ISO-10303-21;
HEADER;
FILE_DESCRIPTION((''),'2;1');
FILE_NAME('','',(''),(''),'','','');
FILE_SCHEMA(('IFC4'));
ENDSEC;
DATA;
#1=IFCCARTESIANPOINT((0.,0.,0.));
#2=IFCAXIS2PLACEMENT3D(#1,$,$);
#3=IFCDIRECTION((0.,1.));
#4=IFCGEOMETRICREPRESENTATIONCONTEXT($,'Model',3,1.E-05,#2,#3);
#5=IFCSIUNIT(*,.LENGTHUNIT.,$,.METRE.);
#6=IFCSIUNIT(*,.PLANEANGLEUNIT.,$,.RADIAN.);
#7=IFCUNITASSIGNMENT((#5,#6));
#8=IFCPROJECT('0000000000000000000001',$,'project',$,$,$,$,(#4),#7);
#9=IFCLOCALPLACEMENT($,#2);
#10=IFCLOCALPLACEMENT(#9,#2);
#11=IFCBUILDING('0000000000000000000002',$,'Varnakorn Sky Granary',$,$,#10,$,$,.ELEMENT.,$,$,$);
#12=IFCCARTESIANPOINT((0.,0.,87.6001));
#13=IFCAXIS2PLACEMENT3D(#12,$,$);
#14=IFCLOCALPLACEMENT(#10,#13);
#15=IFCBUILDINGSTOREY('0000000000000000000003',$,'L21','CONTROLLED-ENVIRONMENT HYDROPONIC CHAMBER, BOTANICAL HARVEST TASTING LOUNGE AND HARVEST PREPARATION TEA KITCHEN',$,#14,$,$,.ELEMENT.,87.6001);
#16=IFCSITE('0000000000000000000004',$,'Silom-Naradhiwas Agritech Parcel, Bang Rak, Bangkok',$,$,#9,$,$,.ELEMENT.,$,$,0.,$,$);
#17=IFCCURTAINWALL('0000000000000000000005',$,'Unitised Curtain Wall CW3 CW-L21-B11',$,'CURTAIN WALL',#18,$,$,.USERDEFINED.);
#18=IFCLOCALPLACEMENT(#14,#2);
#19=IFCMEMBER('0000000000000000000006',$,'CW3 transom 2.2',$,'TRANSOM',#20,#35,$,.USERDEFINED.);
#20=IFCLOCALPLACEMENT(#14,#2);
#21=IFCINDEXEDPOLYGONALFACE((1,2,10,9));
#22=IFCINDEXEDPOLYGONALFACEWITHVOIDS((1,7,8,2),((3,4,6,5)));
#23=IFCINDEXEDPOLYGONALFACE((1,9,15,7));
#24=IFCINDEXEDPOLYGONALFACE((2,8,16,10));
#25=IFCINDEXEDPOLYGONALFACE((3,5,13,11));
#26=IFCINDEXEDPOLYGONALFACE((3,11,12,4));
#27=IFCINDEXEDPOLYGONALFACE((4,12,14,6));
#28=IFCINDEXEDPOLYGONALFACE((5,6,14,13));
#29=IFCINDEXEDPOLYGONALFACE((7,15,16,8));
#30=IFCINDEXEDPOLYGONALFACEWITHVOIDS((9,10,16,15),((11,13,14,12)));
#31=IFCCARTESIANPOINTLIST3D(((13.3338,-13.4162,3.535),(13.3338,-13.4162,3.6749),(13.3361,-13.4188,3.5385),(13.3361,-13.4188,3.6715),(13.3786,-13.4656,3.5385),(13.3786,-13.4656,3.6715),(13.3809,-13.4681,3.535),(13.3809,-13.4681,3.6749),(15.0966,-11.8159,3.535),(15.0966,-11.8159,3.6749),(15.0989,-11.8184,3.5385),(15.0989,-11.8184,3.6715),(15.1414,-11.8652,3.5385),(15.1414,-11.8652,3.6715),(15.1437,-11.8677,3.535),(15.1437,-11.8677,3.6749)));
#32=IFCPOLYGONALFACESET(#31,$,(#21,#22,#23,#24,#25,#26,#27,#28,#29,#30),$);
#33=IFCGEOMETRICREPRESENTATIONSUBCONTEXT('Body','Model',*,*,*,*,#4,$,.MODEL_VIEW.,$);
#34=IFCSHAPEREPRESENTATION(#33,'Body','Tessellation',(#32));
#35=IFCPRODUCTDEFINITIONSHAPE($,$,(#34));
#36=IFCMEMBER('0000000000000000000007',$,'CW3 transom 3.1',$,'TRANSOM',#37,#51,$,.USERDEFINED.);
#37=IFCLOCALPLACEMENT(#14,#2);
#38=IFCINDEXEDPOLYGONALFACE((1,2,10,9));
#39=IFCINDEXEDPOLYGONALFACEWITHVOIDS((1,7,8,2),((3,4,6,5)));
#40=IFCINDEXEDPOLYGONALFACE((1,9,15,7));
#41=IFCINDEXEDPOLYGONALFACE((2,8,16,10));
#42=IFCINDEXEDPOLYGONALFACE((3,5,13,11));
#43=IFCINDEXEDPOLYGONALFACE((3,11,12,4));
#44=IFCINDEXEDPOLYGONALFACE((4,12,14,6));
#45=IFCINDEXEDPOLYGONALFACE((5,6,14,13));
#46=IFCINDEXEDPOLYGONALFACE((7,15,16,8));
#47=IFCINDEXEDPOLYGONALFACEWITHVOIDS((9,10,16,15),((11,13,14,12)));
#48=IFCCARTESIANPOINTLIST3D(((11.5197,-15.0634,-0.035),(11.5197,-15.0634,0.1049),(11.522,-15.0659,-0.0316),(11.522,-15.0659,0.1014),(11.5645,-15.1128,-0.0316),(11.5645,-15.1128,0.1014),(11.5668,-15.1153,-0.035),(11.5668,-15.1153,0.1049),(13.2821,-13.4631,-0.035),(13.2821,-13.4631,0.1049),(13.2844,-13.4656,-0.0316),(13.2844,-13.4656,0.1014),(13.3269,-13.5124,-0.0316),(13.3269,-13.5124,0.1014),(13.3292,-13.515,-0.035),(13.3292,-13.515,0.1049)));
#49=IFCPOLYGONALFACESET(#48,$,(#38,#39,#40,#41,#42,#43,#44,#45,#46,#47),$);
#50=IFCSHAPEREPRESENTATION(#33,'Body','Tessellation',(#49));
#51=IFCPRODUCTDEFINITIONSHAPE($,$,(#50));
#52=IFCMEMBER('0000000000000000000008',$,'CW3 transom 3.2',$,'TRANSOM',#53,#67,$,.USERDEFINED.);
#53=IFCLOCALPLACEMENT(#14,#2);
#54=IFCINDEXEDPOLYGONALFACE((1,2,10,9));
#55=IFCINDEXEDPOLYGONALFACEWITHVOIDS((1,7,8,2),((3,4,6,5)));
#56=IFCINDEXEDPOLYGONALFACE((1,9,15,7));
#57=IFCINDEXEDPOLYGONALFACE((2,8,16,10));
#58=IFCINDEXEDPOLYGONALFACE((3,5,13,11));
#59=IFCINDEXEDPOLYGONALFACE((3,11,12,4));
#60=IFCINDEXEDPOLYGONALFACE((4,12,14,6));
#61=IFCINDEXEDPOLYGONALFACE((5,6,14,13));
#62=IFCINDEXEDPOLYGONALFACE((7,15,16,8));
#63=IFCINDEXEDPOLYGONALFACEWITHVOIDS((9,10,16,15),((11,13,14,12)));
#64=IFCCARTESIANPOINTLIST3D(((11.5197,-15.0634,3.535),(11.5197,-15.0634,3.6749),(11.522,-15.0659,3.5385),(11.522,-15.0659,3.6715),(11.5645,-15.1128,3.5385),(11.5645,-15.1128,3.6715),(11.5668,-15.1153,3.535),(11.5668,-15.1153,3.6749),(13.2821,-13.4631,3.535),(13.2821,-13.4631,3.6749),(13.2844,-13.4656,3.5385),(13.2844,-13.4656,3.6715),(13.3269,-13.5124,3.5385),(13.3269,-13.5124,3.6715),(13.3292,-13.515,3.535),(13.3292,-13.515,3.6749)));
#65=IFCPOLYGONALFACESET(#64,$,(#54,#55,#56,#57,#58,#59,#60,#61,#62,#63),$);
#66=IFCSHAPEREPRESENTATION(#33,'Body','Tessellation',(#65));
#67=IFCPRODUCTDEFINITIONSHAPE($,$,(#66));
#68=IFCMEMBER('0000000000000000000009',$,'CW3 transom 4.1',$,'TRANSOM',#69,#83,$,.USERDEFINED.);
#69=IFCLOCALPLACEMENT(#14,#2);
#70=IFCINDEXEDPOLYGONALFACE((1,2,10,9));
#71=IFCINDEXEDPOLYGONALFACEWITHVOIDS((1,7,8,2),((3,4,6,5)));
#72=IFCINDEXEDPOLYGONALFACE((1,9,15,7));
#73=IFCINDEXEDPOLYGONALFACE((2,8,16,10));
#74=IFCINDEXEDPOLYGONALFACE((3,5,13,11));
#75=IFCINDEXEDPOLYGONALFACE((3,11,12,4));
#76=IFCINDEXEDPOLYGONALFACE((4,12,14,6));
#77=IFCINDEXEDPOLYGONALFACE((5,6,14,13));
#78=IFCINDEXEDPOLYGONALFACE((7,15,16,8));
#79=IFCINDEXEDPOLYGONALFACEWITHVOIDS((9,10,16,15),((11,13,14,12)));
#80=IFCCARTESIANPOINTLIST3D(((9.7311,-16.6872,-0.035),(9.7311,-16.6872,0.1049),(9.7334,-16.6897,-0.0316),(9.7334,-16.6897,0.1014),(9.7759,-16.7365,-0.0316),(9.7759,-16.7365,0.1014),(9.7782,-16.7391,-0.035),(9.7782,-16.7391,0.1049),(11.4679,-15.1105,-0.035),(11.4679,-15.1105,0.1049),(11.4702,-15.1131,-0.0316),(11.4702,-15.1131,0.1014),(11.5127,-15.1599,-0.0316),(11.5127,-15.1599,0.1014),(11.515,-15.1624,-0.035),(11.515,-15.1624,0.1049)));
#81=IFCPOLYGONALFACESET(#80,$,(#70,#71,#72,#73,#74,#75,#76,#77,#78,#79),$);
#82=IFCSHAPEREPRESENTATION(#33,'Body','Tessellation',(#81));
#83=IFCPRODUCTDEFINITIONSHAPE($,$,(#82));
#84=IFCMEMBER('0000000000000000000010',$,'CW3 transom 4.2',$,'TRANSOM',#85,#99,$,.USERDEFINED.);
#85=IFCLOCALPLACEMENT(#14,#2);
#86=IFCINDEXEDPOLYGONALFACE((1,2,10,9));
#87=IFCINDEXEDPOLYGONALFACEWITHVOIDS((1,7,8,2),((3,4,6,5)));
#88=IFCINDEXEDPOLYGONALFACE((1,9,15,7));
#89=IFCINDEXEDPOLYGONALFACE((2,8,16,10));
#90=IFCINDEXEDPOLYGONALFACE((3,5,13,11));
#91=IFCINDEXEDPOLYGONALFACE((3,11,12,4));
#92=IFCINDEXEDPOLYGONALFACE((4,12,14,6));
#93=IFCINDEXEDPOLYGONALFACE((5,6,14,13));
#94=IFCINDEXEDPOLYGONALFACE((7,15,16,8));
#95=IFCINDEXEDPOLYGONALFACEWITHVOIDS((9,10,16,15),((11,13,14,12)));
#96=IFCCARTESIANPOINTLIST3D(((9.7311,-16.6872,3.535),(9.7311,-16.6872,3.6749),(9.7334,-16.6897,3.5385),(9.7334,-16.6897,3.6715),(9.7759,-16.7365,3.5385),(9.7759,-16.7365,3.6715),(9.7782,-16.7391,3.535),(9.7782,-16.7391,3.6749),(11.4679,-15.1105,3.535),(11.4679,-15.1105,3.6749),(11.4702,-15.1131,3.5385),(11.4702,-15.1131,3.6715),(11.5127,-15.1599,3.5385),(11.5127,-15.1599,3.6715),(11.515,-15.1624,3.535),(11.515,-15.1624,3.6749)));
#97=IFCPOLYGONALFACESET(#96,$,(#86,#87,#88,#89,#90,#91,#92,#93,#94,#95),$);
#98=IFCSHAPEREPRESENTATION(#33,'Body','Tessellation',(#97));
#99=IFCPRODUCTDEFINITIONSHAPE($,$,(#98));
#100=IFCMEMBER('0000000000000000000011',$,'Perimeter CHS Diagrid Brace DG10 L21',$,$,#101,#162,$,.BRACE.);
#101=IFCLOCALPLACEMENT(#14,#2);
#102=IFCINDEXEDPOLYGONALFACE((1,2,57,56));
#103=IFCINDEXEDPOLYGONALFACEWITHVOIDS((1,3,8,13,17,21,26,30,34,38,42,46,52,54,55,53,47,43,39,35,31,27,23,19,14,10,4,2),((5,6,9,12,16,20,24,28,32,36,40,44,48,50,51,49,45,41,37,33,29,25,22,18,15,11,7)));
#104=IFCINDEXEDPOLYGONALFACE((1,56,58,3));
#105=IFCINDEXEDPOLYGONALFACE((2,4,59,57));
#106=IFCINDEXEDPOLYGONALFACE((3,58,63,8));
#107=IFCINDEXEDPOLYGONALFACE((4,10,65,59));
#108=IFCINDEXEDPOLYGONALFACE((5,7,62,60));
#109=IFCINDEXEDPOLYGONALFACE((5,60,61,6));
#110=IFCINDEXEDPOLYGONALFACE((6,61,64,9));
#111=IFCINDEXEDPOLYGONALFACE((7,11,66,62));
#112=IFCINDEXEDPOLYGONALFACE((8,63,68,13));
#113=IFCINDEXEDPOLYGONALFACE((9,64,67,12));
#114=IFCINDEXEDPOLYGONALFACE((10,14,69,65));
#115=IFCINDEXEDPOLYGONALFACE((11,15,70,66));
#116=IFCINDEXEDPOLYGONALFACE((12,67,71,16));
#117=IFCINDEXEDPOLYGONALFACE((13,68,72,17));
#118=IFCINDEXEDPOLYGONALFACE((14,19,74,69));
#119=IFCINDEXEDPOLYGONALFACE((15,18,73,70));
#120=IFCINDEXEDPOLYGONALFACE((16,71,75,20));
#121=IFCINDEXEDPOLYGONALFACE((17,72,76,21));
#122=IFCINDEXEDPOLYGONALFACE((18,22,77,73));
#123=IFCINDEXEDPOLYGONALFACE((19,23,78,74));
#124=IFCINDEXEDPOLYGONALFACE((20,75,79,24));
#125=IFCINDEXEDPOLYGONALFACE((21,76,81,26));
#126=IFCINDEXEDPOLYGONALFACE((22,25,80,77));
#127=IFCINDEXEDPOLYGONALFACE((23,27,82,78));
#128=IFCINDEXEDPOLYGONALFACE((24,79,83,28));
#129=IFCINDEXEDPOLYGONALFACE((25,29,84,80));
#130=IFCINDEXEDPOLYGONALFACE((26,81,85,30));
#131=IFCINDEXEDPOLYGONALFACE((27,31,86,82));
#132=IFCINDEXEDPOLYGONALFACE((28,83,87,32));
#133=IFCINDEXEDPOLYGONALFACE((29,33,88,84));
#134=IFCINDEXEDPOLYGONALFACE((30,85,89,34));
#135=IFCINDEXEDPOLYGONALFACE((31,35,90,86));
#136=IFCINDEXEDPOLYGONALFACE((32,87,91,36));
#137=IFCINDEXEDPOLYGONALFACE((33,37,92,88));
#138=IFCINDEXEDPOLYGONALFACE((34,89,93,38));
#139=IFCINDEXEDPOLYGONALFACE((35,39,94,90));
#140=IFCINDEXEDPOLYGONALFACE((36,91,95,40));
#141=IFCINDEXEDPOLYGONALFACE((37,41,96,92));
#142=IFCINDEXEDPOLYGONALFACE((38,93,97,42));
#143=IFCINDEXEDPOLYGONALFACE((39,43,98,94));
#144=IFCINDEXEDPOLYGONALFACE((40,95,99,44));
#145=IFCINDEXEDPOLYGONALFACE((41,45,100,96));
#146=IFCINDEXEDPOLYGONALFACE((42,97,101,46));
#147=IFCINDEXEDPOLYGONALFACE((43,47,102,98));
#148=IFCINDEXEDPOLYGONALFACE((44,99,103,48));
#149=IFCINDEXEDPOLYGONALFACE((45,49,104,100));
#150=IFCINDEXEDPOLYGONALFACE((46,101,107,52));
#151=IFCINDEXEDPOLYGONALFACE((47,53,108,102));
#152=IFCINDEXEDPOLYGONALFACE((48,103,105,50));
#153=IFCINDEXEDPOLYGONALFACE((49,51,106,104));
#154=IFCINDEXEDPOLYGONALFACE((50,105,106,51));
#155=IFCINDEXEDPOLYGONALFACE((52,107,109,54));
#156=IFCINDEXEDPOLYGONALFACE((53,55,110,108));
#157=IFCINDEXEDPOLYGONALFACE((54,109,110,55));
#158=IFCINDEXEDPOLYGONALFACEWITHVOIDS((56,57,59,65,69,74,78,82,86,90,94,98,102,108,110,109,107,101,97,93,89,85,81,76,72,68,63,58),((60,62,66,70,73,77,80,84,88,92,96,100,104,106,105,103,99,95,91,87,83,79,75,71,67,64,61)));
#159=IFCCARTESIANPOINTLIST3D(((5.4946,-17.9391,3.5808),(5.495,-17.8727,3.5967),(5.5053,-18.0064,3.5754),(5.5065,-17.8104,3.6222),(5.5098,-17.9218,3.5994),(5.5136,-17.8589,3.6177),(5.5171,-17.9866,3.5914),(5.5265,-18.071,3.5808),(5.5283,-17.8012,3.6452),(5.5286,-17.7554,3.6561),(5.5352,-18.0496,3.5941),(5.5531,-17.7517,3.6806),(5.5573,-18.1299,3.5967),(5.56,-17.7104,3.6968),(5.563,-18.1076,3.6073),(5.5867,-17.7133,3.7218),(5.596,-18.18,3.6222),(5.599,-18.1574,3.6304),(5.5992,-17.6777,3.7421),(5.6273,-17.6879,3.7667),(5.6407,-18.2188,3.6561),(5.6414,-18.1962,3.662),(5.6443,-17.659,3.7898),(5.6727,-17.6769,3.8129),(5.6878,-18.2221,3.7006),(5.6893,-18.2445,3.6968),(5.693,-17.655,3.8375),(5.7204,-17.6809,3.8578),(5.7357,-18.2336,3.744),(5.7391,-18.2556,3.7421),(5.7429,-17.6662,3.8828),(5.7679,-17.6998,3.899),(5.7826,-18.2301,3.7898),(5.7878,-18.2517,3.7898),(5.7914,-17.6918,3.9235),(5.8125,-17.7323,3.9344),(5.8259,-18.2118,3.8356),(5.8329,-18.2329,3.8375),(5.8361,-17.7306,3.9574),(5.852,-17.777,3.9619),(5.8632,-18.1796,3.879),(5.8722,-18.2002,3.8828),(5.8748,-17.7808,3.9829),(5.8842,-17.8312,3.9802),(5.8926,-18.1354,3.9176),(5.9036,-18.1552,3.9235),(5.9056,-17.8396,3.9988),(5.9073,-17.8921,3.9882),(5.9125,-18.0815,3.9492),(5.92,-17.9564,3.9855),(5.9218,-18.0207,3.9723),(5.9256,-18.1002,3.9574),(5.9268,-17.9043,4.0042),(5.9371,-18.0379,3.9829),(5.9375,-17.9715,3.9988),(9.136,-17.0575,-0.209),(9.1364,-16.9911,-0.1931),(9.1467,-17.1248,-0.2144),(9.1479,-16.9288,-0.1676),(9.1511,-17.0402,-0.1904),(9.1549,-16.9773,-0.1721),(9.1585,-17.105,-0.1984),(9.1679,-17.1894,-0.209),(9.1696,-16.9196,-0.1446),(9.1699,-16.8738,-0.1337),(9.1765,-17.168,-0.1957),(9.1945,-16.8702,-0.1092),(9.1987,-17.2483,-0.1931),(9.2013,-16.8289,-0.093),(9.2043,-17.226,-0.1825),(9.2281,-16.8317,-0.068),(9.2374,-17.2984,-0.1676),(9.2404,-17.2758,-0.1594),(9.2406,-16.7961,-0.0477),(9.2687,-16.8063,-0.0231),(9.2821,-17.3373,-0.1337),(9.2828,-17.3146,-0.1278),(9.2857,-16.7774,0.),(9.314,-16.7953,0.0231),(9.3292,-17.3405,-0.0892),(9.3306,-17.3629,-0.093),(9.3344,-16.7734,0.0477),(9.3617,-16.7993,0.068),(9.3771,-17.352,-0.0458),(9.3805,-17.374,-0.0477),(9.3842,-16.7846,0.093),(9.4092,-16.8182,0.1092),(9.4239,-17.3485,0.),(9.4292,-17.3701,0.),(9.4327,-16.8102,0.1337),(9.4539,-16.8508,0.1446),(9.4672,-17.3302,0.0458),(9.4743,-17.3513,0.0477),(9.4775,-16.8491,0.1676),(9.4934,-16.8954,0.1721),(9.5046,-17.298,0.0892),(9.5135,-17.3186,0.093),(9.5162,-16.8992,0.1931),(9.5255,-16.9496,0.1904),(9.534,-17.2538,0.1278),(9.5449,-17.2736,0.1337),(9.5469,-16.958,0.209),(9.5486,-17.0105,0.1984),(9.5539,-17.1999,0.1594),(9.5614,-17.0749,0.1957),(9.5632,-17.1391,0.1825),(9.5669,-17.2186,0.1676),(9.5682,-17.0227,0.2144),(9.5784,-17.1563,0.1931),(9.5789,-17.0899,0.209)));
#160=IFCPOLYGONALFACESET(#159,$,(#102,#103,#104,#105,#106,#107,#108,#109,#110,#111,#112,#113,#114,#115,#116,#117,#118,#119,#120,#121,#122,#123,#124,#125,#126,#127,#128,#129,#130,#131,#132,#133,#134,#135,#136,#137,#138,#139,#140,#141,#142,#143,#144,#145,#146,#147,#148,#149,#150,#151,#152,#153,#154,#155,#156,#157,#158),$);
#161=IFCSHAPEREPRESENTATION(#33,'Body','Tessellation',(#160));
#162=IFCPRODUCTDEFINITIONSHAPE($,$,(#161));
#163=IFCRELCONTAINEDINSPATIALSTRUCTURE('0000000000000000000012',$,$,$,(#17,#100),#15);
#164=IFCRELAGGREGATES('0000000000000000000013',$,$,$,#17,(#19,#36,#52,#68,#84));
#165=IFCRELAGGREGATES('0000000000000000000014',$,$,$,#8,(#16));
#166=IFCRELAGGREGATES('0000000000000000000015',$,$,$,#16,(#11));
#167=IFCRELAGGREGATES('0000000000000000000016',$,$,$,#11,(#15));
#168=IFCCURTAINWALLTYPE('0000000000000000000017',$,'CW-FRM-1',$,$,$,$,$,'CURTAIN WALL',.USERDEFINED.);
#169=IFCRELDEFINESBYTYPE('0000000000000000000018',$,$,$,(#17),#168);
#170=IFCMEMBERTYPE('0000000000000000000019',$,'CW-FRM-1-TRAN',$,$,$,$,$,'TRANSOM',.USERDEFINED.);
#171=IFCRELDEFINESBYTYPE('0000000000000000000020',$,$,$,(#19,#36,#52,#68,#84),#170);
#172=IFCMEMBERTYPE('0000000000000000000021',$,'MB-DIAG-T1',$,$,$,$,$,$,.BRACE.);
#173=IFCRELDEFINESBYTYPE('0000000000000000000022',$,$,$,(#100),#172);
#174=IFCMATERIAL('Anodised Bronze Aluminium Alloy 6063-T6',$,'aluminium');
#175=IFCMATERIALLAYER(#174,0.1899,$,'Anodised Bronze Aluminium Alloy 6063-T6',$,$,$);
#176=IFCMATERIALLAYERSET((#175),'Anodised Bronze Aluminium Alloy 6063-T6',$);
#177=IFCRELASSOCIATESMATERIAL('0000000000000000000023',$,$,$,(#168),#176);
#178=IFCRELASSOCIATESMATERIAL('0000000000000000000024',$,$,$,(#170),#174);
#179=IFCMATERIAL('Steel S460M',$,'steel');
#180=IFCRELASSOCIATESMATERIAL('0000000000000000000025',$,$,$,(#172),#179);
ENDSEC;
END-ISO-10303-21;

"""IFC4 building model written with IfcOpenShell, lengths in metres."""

from ifc_helpers import new_model, si_unit, direction, frame, origin, origin_2d, place, context, subcontext, project, spatial, hollow_rectangle, hollow_circle, extrude, material, layer, layer_set, material_profile, profile_set, type_object, element, aggregate, save


model = new_model("IFC4")

# Units and contexts
model_context = context("Model", 3, precision=1e-05, world=origin(), true_north=direction((0.0, 1.0)))
body_context = subcontext(model_context, "Body", "Model", "MODEL_VIEW")
ifc_project = project(units=[si_unit("LENGTHUNIT", "METRE"), si_unit("PLANEANGLEUNIT", "RADIAN")], contexts=[model_context])

# Site, building, storey
site_placement = place(None, origin())
site = spatial("IfcSite", under=ifc_project, at=site_placement, Name="Silom-Naradhiwas Agritech Parcel, Bang Rak, Bangkok", CompositionType="ELEMENT", RefElevation=0.0)
building_placement = place(site_placement, origin())
building = spatial("IfcBuilding", under=site, at=building_placement, Name="Varnakorn Sky Granary", CompositionType="ELEMENT")
storey_placement = place(building_placement, frame((0.0, 0.0, 87.6001)))
storey = spatial("IfcBuildingStorey", under=building, at=storey_placement, Name="L21", Description="CONTROLLED-ENVIRONMENT HYDROPONIC CHAMBER, BOTANICAL HARVEST TASTING LOUNGE AND HARVEST PREPARATION TEA KITCHEN", CompositionType="ELEMENT", Elevation=87.6001)

# Shared definitions
ifc_material_1 = material(Name="Steel S460M", Category="steel")

# Curtain wall, members
ifc_material_2 = material(Name="Anodised Bronze Aluminium Alloy 6063-T6", Category="aluminium")
ifc_layer_1 = layer(ifc_material_2, 0.1899, Name="Anodised Bronze Aluminium Alloy 6063-T6")
ifc_layer_set_1 = layer_set([ifc_layer_1], Name="Anodised Bronze Aluminium Alloy 6063-T6")
curtain_wall_type = type_object("IfcCurtainWallType", Name="CW-FRM-1", ElementType="CURTAIN WALL", PredefinedType="USERDEFINED", material=ifc_layer_set_1)
curtain_wall_placement = place(storey_placement, origin())
curtain_wall = element("IfcCurtainWall", 1, at=curtain_wall_placement, inside=storey, type_object=curtain_wall_type, Name="Unitised Curtain Wall CW3 CW-L21-B11", ObjectType="CURTAIN WALL", PredefinedType="USERDEFINED")
ifc_material_profile_1 = material_profile(ifc_material_2, hollow_rectangle(XDim=0.0701, YDim=0.1399, WallThickness=0.0034, at=origin_2d()), Name="ALU TRAN 70x140")
ifc_profile_set_1 = profile_set([ifc_material_profile_1], Name="Anodised Bronze Aluminium Alloy 6063-T6")
member_type_1 = type_object("IfcMemberType", Name="CW-FRM-1-TRAN", ElementType="TRANSOM", PredefinedType="USERDEFINED", material=ifc_profile_set_1)
member_1_placement = place(storey_placement, frame((15.1201, -11.8418, 3.605), z_axis=(-0.740381, -0.672188, 0.0), x_axis=(0.672188, -0.740381, 0.0)))
member_1 = element("IfcMember", 2, at=member_1_placement, type_object=member_type_1, Name="CW3 transom 2.2", ObjectType="TRANSOM", PredefinedType="USERDEFINED", context=body_context, shape_type="SweptSolid", body=[
    extrude(hollow_rectangle(XDim=0.0701, YDim=0.1399, WallThickness=0.0034, at=origin_2d()), origin(), (0.0, 0.0, 1.0), 2.3809),
])
member_2_placement = place(storey_placement, frame((13.3057, -13.489, 0.0349), z_axis=(-0.740334, -0.672239, 0.0), x_axis=(0.672239, -0.740334, 0.0)))
member_2 = element("IfcMember", 3, at=member_2_placement, type_object=member_type_1, Name="CW3 transom 3.1", ObjectType="TRANSOM", PredefinedType="USERDEFINED", context=body_context, shape_type="SweptSolid", body=[
    extrude(hollow_rectangle(XDim=0.0701, YDim=0.1399, WallThickness=0.0034, at=origin_2d()), origin(), (0.0, 0.0, 1.0), 2.3806),
])
member_3_placement = place(storey_placement, frame((13.3057, -13.489, 3.605), z_axis=(-0.740334, -0.672239, 0.0), x_axis=(0.672239, -0.740334, 0.0)))
member_3 = element("IfcMember", 4, at=member_3_placement, type_object=member_type_1, Name="CW3 transom 3.2", ObjectType="TRANSOM", PredefinedType="USERDEFINED", context=body_context, shape_type="SweptSolid", body=[
    extrude(hollow_rectangle(XDim=0.0701, YDim=0.1399, WallThickness=0.0034, at=origin_2d()), origin(), (0.0, 0.0, 1.0), 2.3806),
])
member_4_placement = place(storey_placement, frame((11.4915, -15.1365, 0.0349), z_axis=(-0.74042, -0.672144, 0.0), x_axis=(0.672144, -0.74042, 0.0)))
member_4 = element("IfcMember", 5, at=member_4_placement, type_object=member_type_1, Name="CW3 transom 4.1", ObjectType="TRANSOM", PredefinedType="USERDEFINED", context=body_context, shape_type="SweptSolid", body=[
    extrude(hollow_rectangle(XDim=0.0701, YDim=0.1399, WallThickness=0.0034, at=origin_2d()), origin(), (0.0, 0.0, 1.0), 2.3457),
])
member_5_placement = place(storey_placement, frame((11.4915, -15.1365, 3.605), z_axis=(-0.74042, -0.672144, 0.0), x_axis=(0.672144, -0.74042, 0.0)))
member_5 = element("IfcMember", 6, at=member_5_placement, type_object=member_type_1, Name="CW3 transom 4.2", ObjectType="TRANSOM", PredefinedType="USERDEFINED", context=body_context, shape_type="SweptSolid", body=[
    extrude(hollow_rectangle(XDim=0.0701, YDim=0.1399, WallThickness=0.0034, at=origin_2d()), origin(), (0.0, 0.0, 1.0), 2.3457),
])

# Member
ifc_material_profile_2 = material_profile(ifc_material_1, hollow_circle(Radius=0.3049, WallThickness=0.0222, at=origin_2d()), Name="CHS 610x22")
ifc_profile_set_2 = profile_set([ifc_material_profile_2], Name="Steel S460M")
member_type_2 = type_object("IfcMemberType", Name="MB-DIAG-T1", PredefinedType="BRACE", material=ifc_profile_set_2)
member_6_placement = place(storey_placement, frame((9.3574, -17.0737, 0.0), z_axis=(-0.683298, -0.16543, 0.711152), x_axis=(0.235307, -0.971921, 0.0)))
element("IfcMember", 7, at=member_6_placement, inside=storey, type_object=member_type_2, Name="Perimeter CHS Diagrid Brace DG10 L21", PredefinedType="BRACE", context=body_context, shape_type="SweptSolid", body=[
    extrude(hollow_circle(Radius=0.3049, WallThickness=0.0222, at=origin_2d()), origin(), (0.0, 0.0, 1.0), 5.3291),
])

aggregate(curtain_wall, [member_1, member_2, member_3, member_4, member_5])

save(model, "model.ifc")
